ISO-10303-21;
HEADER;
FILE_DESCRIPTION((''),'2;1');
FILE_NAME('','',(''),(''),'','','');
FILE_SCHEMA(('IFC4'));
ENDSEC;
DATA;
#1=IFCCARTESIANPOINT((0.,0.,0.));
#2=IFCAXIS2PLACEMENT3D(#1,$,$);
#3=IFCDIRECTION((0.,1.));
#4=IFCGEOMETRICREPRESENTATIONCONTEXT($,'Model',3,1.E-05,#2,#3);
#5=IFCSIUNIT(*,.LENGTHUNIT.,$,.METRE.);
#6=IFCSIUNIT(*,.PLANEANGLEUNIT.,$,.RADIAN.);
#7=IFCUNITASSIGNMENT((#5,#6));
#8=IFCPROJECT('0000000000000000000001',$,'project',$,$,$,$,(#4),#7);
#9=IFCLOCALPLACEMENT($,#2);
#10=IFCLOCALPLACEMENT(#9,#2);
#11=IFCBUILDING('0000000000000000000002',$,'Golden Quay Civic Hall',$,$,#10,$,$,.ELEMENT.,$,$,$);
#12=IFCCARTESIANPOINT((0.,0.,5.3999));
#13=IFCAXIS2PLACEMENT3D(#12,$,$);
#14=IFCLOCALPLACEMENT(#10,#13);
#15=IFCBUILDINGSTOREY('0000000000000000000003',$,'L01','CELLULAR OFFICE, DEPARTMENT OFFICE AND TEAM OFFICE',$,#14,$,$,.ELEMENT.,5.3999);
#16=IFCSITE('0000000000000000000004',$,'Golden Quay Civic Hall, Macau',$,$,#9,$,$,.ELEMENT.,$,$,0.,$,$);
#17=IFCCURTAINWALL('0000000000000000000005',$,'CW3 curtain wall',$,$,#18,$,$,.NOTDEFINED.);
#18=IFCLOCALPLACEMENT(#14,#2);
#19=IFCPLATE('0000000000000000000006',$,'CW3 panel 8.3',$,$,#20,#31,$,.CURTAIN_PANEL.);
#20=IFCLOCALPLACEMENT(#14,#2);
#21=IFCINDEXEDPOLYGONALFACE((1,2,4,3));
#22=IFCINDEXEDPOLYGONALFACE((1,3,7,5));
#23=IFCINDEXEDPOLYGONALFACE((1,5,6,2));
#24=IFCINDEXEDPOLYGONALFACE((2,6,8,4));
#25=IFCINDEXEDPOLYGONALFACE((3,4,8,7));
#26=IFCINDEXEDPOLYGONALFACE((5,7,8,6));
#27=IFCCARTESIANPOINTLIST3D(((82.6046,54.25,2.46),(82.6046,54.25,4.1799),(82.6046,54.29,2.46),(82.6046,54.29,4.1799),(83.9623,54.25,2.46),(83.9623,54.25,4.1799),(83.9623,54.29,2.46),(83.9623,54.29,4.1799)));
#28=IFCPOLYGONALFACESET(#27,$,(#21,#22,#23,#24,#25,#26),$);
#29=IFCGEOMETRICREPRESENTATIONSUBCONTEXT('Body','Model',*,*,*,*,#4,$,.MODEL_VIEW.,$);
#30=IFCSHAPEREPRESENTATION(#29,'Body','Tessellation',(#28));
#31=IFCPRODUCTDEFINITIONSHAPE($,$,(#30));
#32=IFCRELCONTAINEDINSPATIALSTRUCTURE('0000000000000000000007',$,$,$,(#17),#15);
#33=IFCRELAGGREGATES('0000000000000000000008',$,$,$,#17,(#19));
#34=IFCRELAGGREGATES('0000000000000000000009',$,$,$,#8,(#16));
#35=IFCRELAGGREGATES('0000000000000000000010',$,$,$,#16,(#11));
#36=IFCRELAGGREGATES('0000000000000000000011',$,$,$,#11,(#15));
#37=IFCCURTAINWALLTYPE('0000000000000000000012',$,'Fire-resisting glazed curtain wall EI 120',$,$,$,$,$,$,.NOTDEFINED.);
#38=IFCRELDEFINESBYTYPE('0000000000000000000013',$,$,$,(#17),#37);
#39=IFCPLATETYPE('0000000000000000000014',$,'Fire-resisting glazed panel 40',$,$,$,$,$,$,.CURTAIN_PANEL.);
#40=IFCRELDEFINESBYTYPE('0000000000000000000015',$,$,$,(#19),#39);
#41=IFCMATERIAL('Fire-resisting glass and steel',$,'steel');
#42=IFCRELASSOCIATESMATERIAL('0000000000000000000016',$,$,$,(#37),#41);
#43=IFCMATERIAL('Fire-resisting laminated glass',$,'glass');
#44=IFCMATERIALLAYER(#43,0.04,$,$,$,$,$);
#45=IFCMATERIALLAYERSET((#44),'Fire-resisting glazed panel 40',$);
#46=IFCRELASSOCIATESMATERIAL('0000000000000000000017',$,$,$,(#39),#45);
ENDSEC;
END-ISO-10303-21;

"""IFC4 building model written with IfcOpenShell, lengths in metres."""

from ifc_helpers import new_model, si_unit, direction, frame, origin, origin_2d, place, context, subcontext, project, spatial, rectangle, extrude, material, layer, layer_set, type_object, element, aggregate, save


model = new_model("IFC4")

# Units and contexts
model_context = context("Model", 3, precision=1e-05, world=origin(), true_north=direction((0.0, 1.0)))
body_context = subcontext(model_context, "Body", "Model", "MODEL_VIEW")
ifc_project = project(units=[si_unit("LENGTHUNIT", "METRE"), si_unit("PLANEANGLEUNIT", "RADIAN")], contexts=[model_context])

# Site, building, storey
site_placement = place(None, origin())
site = spatial("IfcSite", under=ifc_project, at=site_placement, Name="Golden Quay Civic Hall, Macau", CompositionType="ELEMENT", RefElevation=0.0)
building_placement = place(site_placement, origin())
building = spatial("IfcBuilding", under=site, at=building_placement, Name="Golden Quay Civic Hall", CompositionType="ELEMENT")
storey_placement = place(building_placement, frame((0.0, 0.0, 5.3999)))
storey = spatial("IfcBuildingStorey", under=building, at=storey_placement, Name="L01", Description="CELLULAR OFFICE, DEPARTMENT OFFICE AND TEAM OFFICE", CompositionType="ELEMENT", Elevation=5.3999)

# Curtain wall, plate
ifc_material_1 = material(Name="Fire-resisting glass and steel", Category="steel")
curtain_wall_type = type_object("IfcCurtainWallType", Name="Fire-resisting glazed curtain wall EI 120", PredefinedType="NOTDEFINED", material=ifc_material_1)
curtain_wall_placement = place(storey_placement, origin())
curtain_wall = element("IfcCurtainWall", 1, at=curtain_wall_placement, inside=storey, type_object=curtain_wall_type, Name="CW3 curtain wall", PredefinedType="NOTDEFINED")
ifc_material_2 = material(Name="Fire-resisting laminated glass", Category="glass")
ifc_layer = layer(ifc_material_2, 0.04)
ifc_layer_set = layer_set([ifc_layer], Name="Fire-resisting glazed panel 40")
plate_type = type_object("IfcPlateType", Name="Fire-resisting glazed panel 40", PredefinedType="CURTAIN_PANEL", material=ifc_layer_set)
plate_1_placement = place(storey_placement, frame((83.2834, 54.27, 2.46), z_axis=(0.0, 0.0, 1.0), x_axis=(1.0, 0.0, 0.0)))
plate_1 = element("IfcPlate", 2, at=plate_1_placement, type_object=plate_type, Name="CW3 panel 8.3", PredefinedType="CURTAIN_PANEL", context=body_context, shape_type="SweptSolid", body=[
    extrude(rectangle(XDim=1.3577, YDim=0.04, at=origin_2d()), origin(), (0.0, 0.0, 1.0), 1.72),
])
aggregate(curtain_wall, [plate_1])

save(model, "model.ifc")
